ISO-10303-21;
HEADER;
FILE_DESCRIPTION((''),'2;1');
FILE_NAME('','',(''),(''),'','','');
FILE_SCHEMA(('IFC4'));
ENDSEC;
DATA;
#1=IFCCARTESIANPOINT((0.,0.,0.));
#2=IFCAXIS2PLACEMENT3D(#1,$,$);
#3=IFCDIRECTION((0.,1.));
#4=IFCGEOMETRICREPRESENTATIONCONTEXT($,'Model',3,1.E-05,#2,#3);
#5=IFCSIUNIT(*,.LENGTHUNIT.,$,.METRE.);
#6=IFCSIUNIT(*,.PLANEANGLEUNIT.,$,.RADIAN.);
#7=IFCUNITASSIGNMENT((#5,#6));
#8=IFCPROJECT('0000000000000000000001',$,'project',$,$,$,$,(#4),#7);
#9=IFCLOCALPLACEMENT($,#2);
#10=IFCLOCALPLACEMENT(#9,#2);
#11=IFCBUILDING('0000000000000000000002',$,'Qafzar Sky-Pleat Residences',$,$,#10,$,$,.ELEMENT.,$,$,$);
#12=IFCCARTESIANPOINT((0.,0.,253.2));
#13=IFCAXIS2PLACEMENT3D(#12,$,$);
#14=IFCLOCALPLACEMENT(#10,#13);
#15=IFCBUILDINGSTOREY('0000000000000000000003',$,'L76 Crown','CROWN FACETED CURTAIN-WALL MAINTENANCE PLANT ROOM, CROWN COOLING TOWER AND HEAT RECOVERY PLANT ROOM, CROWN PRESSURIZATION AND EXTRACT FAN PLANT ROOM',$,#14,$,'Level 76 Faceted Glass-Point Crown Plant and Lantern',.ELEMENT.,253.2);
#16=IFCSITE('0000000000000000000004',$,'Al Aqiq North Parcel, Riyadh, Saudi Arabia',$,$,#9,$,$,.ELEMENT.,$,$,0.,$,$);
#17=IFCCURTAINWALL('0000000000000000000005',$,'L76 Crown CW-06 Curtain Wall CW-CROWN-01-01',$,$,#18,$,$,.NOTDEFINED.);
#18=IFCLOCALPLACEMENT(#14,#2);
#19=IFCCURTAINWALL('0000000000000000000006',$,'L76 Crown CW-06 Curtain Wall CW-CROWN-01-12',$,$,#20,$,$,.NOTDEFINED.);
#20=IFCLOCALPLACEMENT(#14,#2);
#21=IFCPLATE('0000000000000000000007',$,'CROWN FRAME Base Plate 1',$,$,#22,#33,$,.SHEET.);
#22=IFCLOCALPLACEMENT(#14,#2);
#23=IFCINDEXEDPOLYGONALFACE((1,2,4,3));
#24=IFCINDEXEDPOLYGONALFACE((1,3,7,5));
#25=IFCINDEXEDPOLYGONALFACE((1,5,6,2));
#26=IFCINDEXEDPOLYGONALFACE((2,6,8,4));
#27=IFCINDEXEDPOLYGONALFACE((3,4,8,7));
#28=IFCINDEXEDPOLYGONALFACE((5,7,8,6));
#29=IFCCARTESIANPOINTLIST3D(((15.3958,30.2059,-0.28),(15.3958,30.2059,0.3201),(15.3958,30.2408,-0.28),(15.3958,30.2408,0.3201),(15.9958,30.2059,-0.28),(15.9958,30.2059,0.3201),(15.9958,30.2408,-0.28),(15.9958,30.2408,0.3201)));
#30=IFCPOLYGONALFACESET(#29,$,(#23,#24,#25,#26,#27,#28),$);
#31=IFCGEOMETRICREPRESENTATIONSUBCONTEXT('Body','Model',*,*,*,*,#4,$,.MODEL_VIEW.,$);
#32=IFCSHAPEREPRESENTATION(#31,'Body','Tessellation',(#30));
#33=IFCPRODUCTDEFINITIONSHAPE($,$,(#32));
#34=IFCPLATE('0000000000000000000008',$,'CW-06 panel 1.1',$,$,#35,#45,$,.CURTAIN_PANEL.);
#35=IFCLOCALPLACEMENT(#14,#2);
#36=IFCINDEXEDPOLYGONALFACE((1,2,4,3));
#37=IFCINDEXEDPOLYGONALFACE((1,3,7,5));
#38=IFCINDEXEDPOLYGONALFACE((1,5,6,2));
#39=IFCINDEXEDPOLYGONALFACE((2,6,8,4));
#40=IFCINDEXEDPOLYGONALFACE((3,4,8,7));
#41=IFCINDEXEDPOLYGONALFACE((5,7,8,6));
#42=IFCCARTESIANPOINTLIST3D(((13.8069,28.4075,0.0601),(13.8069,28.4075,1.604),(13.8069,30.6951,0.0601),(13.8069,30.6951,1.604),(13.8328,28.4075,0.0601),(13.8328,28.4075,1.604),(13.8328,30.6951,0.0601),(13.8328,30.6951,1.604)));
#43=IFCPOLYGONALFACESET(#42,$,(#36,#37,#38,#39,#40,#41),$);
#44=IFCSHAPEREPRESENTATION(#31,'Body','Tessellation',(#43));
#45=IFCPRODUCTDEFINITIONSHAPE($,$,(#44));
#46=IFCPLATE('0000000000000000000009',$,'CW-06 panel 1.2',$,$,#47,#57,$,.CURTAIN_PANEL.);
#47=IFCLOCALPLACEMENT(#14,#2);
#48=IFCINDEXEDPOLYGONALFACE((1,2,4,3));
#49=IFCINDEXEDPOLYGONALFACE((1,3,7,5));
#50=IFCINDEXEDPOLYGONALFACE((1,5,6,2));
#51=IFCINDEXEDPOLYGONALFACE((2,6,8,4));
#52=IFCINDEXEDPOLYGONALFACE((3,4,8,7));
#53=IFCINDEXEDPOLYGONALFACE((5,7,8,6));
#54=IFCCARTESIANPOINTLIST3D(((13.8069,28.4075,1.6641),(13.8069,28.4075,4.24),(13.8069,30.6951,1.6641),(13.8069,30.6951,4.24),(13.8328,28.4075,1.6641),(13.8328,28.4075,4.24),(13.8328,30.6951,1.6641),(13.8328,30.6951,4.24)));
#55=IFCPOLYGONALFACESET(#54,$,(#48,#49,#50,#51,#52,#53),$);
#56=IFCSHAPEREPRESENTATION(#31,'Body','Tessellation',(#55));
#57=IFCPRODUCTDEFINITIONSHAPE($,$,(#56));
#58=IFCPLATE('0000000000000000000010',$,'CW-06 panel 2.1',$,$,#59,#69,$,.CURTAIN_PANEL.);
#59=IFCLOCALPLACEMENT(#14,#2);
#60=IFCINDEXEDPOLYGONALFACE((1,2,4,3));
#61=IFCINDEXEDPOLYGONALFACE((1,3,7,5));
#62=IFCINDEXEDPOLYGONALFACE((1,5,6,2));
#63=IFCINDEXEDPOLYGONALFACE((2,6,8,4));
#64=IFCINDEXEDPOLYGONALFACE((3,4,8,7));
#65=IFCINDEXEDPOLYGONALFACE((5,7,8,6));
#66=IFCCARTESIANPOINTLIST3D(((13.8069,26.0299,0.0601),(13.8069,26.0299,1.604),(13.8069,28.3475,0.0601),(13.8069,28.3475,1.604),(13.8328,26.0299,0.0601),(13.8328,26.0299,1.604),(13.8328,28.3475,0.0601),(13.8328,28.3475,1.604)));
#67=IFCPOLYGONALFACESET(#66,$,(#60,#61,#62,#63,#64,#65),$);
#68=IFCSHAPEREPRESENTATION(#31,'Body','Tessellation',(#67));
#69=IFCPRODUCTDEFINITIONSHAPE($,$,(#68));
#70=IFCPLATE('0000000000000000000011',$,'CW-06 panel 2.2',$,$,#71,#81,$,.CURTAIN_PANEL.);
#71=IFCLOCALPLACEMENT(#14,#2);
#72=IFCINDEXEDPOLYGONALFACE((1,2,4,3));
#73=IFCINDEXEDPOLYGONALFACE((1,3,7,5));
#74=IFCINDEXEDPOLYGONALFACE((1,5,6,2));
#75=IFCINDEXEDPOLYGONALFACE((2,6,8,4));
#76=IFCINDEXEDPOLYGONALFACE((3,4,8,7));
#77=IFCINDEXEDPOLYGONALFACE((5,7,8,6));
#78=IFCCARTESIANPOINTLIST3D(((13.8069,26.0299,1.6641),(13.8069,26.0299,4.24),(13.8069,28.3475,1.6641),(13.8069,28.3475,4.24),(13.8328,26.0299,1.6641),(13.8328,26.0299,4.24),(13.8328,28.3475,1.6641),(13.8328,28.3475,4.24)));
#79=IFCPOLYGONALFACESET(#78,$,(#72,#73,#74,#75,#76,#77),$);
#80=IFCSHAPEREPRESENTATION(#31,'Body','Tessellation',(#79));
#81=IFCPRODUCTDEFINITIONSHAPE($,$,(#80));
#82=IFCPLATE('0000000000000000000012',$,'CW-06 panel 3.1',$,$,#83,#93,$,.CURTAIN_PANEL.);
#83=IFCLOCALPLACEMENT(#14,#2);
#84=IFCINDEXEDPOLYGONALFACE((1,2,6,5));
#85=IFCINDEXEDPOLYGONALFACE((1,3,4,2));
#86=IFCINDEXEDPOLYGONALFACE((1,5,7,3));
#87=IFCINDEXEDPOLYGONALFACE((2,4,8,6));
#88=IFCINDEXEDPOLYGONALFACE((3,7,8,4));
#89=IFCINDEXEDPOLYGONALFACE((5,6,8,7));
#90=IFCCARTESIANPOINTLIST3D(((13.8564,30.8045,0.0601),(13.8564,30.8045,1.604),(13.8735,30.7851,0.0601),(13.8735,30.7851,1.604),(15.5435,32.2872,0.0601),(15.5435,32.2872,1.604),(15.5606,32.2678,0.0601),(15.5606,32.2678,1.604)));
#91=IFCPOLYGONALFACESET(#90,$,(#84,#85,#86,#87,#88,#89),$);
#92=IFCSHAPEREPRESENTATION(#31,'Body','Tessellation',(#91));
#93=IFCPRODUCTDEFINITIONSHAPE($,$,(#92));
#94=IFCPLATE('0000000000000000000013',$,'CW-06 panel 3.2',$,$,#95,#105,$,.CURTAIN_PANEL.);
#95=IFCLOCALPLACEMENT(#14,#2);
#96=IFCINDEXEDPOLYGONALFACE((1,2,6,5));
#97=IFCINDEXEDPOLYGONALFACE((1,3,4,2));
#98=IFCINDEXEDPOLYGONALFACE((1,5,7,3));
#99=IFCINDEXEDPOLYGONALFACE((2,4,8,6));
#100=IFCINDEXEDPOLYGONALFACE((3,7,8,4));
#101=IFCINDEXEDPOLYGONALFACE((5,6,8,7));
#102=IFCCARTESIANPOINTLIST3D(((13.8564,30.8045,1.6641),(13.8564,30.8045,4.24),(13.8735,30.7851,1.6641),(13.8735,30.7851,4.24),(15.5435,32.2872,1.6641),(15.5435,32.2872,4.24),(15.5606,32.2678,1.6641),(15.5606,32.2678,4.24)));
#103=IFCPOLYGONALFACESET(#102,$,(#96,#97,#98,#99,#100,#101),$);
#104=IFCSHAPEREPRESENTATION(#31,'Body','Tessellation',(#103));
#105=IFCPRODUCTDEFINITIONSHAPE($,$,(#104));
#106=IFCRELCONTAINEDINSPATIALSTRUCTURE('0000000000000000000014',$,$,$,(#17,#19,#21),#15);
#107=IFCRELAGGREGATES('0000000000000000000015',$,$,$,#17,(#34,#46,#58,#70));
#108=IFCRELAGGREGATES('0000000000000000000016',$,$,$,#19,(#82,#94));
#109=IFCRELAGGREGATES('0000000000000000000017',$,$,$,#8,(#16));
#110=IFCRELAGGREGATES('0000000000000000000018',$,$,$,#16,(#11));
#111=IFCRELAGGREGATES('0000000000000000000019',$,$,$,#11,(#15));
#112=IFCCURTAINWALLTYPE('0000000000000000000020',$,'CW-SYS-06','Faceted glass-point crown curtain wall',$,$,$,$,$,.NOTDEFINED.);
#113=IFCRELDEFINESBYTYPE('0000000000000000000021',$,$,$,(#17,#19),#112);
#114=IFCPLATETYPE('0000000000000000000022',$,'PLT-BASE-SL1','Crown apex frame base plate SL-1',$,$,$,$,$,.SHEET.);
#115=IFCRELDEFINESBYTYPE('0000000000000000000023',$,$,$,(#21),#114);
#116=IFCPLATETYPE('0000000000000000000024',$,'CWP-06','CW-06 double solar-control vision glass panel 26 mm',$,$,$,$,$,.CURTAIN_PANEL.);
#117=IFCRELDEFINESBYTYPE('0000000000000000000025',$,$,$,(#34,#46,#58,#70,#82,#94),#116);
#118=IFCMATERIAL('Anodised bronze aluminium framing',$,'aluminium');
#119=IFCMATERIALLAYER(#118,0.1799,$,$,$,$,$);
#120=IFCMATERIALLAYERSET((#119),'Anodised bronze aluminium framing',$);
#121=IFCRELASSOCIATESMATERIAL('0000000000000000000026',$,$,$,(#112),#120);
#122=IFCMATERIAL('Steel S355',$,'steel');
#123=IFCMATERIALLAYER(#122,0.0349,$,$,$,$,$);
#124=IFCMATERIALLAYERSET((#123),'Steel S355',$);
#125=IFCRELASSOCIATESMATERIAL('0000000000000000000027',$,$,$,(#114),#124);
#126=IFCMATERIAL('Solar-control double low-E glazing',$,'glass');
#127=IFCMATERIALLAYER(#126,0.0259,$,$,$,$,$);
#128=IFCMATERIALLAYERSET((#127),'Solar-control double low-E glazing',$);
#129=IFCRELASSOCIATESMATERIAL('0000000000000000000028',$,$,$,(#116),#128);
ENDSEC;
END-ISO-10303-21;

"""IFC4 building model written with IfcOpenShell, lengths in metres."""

from ifc_helpers import new_model, si_unit, direction, frame, origin, origin_2d, place, context, subcontext, project, spatial, rectangle, extrude, source, transform, mapped, material, layer, layer_set, type_object, element, aggregate, save


model = new_model("IFC4")

# Units and contexts
model_context = context("Model", 3, precision=1e-05, world=origin(), true_north=direction((0.0, 1.0)))
body_context = subcontext(model_context, "Body", "Model", "MODEL_VIEW")
ifc_project = project(units=[si_unit("LENGTHUNIT", "METRE"), si_unit("PLANEANGLEUNIT", "RADIAN")], contexts=[model_context])

# Site, building, storey
site_placement = place(None, origin())
site = spatial("IfcSite", under=ifc_project, at=site_placement, Name="Al Aqiq North Parcel, Riyadh, Saudi Arabia", CompositionType="ELEMENT", RefElevation=0.0)
building_placement = place(site_placement, origin())
building = spatial("IfcBuilding", under=site, at=building_placement, Name="Qafzar Sky-Pleat Residences", CompositionType="ELEMENT")
storey_placement = place(building_placement, frame((0.0, 0.0, 253.2)))
storey = spatial("IfcBuildingStorey", under=building, at=storey_placement, Name="L76 Crown", Description="CROWN FACETED CURTAIN-WALL MAINTENANCE PLANT ROOM, CROWN COOLING TOWER AND HEAT RECOVERY PLANT ROOM, CROWN PRESSURIZATION AND EXTRACT FAN PLANT ROOM", LongName="Level 76 Faceted Glass-Point Crown Plant and Lantern", CompositionType="ELEMENT", Elevation=253.2)

# Shared definitions
ifc_material_1 = material(Name="Steel S355", Category="steel")

# Curtain wall
ifc_material_2 = material(Name="Anodised bronze aluminium framing", Category="aluminium")
ifc_layer_1 = layer(ifc_material_2, 0.1799)
ifc_layer_set_1 = layer_set([ifc_layer_1], Name="Anodised bronze aluminium framing")
curtain_wall_type = type_object("IfcCurtainWallType", Name="CW-SYS-06", Description="Faceted glass-point crown curtain wall", PredefinedType="NOTDEFINED", material=ifc_layer_set_1)
curtain_wall_1_placement = place(storey_placement, origin())
curtain_wall_1 = element("IfcCurtainWall", 1, at=curtain_wall_1_placement, inside=storey, type_object=curtain_wall_type, Name="L76 Crown CW-06 Curtain Wall CW-CROWN-01-01", PredefinedType="NOTDEFINED")

# Curtain wall
curtain_wall_2_placement = place(storey_placement, origin())
curtain_wall_2 = element("IfcCurtainWall", 2, at=curtain_wall_2_placement, inside=storey, type_object=curtain_wall_type, Name="L76 Crown CW-06 Curtain Wall CW-CROWN-01-12", PredefinedType="NOTDEFINED")

# Plates
ifc_layer_2 = layer(ifc_material_1, 0.0349)
ifc_layer_set_2 = layer_set([ifc_layer_2], Name="Steel S355")
plate_type_1 = type_object("IfcPlateType", Name="PLT-BASE-SL1", Description="Crown apex frame base plate SL-1", PredefinedType="SHEET", material=ifc_layer_set_2)
shared_shape_1 = source(origin(), body_context, "Body", "SweptSolid", [
    extrude(rectangle(XDim=0.6001, YDim=0.0349, at=origin_2d()), origin(), (0.0, 0.0, 1.0), 0.6001),
])
plate_1_placement = place(storey_placement, frame((15.6958, 30.2234, -0.28), z_axis=(0.0, 0.0, 1.0), x_axis=(1.0, 0.0, 0.0)))
element("IfcPlate", 3, at=plate_1_placement, inside=storey, type_object=plate_type_1, Name="CROWN FRAME Base Plate 1", PredefinedType="SHEET", context=body_context, shape_type="MappedRepresentation", body=[
    mapped(shared_shape_1, transform((0.0, 0.0, 0.0), x_axis=(1.0, 0.0, 0.0), y_axis=(0.0, 1.0, 0.0), z_axis=(0.0, 0.0, 1.0), scale=1.0)),
])
ifc_material_3 = material(Name="Solar-control double low-E glazing", Category="glass")
ifc_layer_3 = layer(ifc_material_3, 0.0259)
ifc_layer_set_3 = layer_set([ifc_layer_3], Name="Solar-control double low-E glazing")
plate_type_2 = type_object("IfcPlateType", Name="CWP-06", Description="CW-06 double solar-control vision glass panel 26 mm", PredefinedType="CURTAIN_PANEL", material=ifc_layer_set_3)
shared_shape_2 = source(origin(), body_context, "Body", "SweptSolid", [
    extrude(rectangle(XDim=2.2876, YDim=0.0259, at=origin_2d()), origin(), (0.0, 0.0, 1.0), 1.5439),
])
plate_2_placement = place(storey_placement, frame((13.8198, 29.5513, 0.0601), z_axis=(0.0, 0.0, 1.0), x_axis=(0.0, -1.0, 0.0)))
plate_2 = element("IfcPlate", 4, at=plate_2_placement, type_object=plate_type_2, Name="CW-06 panel 1.1", PredefinedType="CURTAIN_PANEL", context=body_context, shape_type="MappedRepresentation", body=[
    mapped(shared_shape_2, transform((0.0, 0.0, 0.0), x_axis=(1.0, 0.0, 0.0), y_axis=(0.0, 1.0, 0.0), z_axis=(0.0, 0.0, 1.0), scale=1.0)),
])
shared_shape_3 = source(origin(), body_context, "Body", "SweptSolid", [
    extrude(rectangle(XDim=2.2876, YDim=0.0259, at=origin_2d()), origin(), (0.0, 0.0, 1.0), 2.5759),
])
plate_3_placement = place(storey_placement, frame((13.8198, 29.5513, 1.6641), z_axis=(0.0, 0.0, 1.0), x_axis=(0.0, -1.0, 0.0)))
plate_3 = element("IfcPlate", 5, at=plate_3_placement, type_object=plate_type_2, Name="CW-06 panel 1.2", PredefinedType="CURTAIN_PANEL", context=body_context, shape_type="MappedRepresentation", body=[
    mapped(shared_shape_3, transform((0.0, 0.0, 0.0), x_axis=(1.0, 0.0, 0.0), y_axis=(0.0, 1.0, 0.0), z_axis=(0.0, 0.0, 1.0), scale=1.0)),
])
shared_shape_4 = source(origin(), body_context, "Body", "SweptSolid", [
    extrude(rectangle(XDim=2.3176, YDim=0.0259, at=origin_2d()), origin(), (0.0, 0.0, 1.0), 1.5439),
])
plate_4_placement = place(storey_placement, frame((13.8198, 27.1887, 0.0601), z_axis=(0.0, 0.0, 1.0), x_axis=(0.0, -1.0, 0.0)))
plate_4 = element("IfcPlate", 6, at=plate_4_placement, type_object=plate_type_2, Name="CW-06 panel 2.1", PredefinedType="CURTAIN_PANEL", context=body_context, shape_type="MappedRepresentation", body=[
    mapped(shared_shape_4, transform((0.0, 0.0, 0.0), x_axis=(1.0, 0.0, 0.0), y_axis=(0.0, 1.0, 0.0), z_axis=(0.0, 0.0, 1.0), scale=1.0)),
])
shared_shape_5 = source(origin(), body_context, "Body", "SweptSolid", [
    extrude(rectangle(XDim=2.3176, YDim=0.0259, at=origin_2d()), origin(), (0.0, 0.0, 1.0), 2.5759),
])
plate_5_placement = place(storey_placement, frame((13.8198, 27.1887, 1.6641), z_axis=(0.0, 0.0, 1.0), x_axis=(0.0, -1.0, 0.0)))
plate_5 = element("IfcPlate", 7, at=plate_5_placement, type_object=plate_type_2, Name="CW-06 panel 2.2", PredefinedType="CURTAIN_PANEL", context=body_context, shape_type="MappedRepresentation", body=[
    mapped(shared_shape_5, transform((0.0, 0.0, 0.0), x_axis=(1.0, 0.0, 0.0), y_axis=(0.0, 1.0, 0.0), z_axis=(0.0, 0.0, 1.0), scale=1.0)),
])
aggregate(curtain_wall_1, [plate_2, plate_3, plate_4, plate_5])
shared_shape_6 = source(origin(), body_context, "Body", "SweptSolid", [
    extrude(rectangle(XDim=2.2461, YDim=0.0259, at=origin_2d()), origin(), (0.0, 0.0, 1.0), 1.5439),
])
plate_6_placement = place(storey_placement, frame((14.7085, 31.5361, 0.0601), z_axis=(0.0, 0.0, 1.0), x_axis=(-0.751152, -0.660129, 0.0)))
plate_6 = element("IfcPlate", 8, at=plate_6_placement, type_object=plate_type_2, Name="CW-06 panel 3.1", PredefinedType="CURTAIN_PANEL", context=body_context, shape_type="MappedRepresentation", body=[
    mapped(shared_shape_6, transform((0.0, 0.0, 0.0), x_axis=(1.0, 0.0, 0.0), y_axis=(0.0, 1.0, 0.0), z_axis=(0.0, 0.0, 1.0), scale=1.0)),
])
shared_shape_7 = source(origin(), body_context, "Body", "SweptSolid", [
    extrude(rectangle(XDim=2.2461, YDim=0.0259, at=origin_2d()), origin(), (0.0, 0.0, 1.0), 2.5759),
])
plate_7_placement = place(storey_placement, frame((14.7085, 31.5361, 1.6641), z_axis=(0.0, 0.0, 1.0), x_axis=(-0.751152, -0.660129, 0.0)))
plate_7 = element("IfcPlate", 9, at=plate_7_placement, type_object=plate_type_2, Name="CW-06 panel 3.2", PredefinedType="CURTAIN_PANEL", context=body_context, shape_type="MappedRepresentation", body=[
    mapped(shared_shape_7, transform((0.0, 0.0, 0.0), x_axis=(1.0, 0.0, 0.0), y_axis=(0.0, 1.0, 0.0), z_axis=(0.0, 0.0, 1.0), scale=1.0)),
])
aggregate(curtain_wall_2, [plate_6, plate_7])

save(model, "model.ifc")
